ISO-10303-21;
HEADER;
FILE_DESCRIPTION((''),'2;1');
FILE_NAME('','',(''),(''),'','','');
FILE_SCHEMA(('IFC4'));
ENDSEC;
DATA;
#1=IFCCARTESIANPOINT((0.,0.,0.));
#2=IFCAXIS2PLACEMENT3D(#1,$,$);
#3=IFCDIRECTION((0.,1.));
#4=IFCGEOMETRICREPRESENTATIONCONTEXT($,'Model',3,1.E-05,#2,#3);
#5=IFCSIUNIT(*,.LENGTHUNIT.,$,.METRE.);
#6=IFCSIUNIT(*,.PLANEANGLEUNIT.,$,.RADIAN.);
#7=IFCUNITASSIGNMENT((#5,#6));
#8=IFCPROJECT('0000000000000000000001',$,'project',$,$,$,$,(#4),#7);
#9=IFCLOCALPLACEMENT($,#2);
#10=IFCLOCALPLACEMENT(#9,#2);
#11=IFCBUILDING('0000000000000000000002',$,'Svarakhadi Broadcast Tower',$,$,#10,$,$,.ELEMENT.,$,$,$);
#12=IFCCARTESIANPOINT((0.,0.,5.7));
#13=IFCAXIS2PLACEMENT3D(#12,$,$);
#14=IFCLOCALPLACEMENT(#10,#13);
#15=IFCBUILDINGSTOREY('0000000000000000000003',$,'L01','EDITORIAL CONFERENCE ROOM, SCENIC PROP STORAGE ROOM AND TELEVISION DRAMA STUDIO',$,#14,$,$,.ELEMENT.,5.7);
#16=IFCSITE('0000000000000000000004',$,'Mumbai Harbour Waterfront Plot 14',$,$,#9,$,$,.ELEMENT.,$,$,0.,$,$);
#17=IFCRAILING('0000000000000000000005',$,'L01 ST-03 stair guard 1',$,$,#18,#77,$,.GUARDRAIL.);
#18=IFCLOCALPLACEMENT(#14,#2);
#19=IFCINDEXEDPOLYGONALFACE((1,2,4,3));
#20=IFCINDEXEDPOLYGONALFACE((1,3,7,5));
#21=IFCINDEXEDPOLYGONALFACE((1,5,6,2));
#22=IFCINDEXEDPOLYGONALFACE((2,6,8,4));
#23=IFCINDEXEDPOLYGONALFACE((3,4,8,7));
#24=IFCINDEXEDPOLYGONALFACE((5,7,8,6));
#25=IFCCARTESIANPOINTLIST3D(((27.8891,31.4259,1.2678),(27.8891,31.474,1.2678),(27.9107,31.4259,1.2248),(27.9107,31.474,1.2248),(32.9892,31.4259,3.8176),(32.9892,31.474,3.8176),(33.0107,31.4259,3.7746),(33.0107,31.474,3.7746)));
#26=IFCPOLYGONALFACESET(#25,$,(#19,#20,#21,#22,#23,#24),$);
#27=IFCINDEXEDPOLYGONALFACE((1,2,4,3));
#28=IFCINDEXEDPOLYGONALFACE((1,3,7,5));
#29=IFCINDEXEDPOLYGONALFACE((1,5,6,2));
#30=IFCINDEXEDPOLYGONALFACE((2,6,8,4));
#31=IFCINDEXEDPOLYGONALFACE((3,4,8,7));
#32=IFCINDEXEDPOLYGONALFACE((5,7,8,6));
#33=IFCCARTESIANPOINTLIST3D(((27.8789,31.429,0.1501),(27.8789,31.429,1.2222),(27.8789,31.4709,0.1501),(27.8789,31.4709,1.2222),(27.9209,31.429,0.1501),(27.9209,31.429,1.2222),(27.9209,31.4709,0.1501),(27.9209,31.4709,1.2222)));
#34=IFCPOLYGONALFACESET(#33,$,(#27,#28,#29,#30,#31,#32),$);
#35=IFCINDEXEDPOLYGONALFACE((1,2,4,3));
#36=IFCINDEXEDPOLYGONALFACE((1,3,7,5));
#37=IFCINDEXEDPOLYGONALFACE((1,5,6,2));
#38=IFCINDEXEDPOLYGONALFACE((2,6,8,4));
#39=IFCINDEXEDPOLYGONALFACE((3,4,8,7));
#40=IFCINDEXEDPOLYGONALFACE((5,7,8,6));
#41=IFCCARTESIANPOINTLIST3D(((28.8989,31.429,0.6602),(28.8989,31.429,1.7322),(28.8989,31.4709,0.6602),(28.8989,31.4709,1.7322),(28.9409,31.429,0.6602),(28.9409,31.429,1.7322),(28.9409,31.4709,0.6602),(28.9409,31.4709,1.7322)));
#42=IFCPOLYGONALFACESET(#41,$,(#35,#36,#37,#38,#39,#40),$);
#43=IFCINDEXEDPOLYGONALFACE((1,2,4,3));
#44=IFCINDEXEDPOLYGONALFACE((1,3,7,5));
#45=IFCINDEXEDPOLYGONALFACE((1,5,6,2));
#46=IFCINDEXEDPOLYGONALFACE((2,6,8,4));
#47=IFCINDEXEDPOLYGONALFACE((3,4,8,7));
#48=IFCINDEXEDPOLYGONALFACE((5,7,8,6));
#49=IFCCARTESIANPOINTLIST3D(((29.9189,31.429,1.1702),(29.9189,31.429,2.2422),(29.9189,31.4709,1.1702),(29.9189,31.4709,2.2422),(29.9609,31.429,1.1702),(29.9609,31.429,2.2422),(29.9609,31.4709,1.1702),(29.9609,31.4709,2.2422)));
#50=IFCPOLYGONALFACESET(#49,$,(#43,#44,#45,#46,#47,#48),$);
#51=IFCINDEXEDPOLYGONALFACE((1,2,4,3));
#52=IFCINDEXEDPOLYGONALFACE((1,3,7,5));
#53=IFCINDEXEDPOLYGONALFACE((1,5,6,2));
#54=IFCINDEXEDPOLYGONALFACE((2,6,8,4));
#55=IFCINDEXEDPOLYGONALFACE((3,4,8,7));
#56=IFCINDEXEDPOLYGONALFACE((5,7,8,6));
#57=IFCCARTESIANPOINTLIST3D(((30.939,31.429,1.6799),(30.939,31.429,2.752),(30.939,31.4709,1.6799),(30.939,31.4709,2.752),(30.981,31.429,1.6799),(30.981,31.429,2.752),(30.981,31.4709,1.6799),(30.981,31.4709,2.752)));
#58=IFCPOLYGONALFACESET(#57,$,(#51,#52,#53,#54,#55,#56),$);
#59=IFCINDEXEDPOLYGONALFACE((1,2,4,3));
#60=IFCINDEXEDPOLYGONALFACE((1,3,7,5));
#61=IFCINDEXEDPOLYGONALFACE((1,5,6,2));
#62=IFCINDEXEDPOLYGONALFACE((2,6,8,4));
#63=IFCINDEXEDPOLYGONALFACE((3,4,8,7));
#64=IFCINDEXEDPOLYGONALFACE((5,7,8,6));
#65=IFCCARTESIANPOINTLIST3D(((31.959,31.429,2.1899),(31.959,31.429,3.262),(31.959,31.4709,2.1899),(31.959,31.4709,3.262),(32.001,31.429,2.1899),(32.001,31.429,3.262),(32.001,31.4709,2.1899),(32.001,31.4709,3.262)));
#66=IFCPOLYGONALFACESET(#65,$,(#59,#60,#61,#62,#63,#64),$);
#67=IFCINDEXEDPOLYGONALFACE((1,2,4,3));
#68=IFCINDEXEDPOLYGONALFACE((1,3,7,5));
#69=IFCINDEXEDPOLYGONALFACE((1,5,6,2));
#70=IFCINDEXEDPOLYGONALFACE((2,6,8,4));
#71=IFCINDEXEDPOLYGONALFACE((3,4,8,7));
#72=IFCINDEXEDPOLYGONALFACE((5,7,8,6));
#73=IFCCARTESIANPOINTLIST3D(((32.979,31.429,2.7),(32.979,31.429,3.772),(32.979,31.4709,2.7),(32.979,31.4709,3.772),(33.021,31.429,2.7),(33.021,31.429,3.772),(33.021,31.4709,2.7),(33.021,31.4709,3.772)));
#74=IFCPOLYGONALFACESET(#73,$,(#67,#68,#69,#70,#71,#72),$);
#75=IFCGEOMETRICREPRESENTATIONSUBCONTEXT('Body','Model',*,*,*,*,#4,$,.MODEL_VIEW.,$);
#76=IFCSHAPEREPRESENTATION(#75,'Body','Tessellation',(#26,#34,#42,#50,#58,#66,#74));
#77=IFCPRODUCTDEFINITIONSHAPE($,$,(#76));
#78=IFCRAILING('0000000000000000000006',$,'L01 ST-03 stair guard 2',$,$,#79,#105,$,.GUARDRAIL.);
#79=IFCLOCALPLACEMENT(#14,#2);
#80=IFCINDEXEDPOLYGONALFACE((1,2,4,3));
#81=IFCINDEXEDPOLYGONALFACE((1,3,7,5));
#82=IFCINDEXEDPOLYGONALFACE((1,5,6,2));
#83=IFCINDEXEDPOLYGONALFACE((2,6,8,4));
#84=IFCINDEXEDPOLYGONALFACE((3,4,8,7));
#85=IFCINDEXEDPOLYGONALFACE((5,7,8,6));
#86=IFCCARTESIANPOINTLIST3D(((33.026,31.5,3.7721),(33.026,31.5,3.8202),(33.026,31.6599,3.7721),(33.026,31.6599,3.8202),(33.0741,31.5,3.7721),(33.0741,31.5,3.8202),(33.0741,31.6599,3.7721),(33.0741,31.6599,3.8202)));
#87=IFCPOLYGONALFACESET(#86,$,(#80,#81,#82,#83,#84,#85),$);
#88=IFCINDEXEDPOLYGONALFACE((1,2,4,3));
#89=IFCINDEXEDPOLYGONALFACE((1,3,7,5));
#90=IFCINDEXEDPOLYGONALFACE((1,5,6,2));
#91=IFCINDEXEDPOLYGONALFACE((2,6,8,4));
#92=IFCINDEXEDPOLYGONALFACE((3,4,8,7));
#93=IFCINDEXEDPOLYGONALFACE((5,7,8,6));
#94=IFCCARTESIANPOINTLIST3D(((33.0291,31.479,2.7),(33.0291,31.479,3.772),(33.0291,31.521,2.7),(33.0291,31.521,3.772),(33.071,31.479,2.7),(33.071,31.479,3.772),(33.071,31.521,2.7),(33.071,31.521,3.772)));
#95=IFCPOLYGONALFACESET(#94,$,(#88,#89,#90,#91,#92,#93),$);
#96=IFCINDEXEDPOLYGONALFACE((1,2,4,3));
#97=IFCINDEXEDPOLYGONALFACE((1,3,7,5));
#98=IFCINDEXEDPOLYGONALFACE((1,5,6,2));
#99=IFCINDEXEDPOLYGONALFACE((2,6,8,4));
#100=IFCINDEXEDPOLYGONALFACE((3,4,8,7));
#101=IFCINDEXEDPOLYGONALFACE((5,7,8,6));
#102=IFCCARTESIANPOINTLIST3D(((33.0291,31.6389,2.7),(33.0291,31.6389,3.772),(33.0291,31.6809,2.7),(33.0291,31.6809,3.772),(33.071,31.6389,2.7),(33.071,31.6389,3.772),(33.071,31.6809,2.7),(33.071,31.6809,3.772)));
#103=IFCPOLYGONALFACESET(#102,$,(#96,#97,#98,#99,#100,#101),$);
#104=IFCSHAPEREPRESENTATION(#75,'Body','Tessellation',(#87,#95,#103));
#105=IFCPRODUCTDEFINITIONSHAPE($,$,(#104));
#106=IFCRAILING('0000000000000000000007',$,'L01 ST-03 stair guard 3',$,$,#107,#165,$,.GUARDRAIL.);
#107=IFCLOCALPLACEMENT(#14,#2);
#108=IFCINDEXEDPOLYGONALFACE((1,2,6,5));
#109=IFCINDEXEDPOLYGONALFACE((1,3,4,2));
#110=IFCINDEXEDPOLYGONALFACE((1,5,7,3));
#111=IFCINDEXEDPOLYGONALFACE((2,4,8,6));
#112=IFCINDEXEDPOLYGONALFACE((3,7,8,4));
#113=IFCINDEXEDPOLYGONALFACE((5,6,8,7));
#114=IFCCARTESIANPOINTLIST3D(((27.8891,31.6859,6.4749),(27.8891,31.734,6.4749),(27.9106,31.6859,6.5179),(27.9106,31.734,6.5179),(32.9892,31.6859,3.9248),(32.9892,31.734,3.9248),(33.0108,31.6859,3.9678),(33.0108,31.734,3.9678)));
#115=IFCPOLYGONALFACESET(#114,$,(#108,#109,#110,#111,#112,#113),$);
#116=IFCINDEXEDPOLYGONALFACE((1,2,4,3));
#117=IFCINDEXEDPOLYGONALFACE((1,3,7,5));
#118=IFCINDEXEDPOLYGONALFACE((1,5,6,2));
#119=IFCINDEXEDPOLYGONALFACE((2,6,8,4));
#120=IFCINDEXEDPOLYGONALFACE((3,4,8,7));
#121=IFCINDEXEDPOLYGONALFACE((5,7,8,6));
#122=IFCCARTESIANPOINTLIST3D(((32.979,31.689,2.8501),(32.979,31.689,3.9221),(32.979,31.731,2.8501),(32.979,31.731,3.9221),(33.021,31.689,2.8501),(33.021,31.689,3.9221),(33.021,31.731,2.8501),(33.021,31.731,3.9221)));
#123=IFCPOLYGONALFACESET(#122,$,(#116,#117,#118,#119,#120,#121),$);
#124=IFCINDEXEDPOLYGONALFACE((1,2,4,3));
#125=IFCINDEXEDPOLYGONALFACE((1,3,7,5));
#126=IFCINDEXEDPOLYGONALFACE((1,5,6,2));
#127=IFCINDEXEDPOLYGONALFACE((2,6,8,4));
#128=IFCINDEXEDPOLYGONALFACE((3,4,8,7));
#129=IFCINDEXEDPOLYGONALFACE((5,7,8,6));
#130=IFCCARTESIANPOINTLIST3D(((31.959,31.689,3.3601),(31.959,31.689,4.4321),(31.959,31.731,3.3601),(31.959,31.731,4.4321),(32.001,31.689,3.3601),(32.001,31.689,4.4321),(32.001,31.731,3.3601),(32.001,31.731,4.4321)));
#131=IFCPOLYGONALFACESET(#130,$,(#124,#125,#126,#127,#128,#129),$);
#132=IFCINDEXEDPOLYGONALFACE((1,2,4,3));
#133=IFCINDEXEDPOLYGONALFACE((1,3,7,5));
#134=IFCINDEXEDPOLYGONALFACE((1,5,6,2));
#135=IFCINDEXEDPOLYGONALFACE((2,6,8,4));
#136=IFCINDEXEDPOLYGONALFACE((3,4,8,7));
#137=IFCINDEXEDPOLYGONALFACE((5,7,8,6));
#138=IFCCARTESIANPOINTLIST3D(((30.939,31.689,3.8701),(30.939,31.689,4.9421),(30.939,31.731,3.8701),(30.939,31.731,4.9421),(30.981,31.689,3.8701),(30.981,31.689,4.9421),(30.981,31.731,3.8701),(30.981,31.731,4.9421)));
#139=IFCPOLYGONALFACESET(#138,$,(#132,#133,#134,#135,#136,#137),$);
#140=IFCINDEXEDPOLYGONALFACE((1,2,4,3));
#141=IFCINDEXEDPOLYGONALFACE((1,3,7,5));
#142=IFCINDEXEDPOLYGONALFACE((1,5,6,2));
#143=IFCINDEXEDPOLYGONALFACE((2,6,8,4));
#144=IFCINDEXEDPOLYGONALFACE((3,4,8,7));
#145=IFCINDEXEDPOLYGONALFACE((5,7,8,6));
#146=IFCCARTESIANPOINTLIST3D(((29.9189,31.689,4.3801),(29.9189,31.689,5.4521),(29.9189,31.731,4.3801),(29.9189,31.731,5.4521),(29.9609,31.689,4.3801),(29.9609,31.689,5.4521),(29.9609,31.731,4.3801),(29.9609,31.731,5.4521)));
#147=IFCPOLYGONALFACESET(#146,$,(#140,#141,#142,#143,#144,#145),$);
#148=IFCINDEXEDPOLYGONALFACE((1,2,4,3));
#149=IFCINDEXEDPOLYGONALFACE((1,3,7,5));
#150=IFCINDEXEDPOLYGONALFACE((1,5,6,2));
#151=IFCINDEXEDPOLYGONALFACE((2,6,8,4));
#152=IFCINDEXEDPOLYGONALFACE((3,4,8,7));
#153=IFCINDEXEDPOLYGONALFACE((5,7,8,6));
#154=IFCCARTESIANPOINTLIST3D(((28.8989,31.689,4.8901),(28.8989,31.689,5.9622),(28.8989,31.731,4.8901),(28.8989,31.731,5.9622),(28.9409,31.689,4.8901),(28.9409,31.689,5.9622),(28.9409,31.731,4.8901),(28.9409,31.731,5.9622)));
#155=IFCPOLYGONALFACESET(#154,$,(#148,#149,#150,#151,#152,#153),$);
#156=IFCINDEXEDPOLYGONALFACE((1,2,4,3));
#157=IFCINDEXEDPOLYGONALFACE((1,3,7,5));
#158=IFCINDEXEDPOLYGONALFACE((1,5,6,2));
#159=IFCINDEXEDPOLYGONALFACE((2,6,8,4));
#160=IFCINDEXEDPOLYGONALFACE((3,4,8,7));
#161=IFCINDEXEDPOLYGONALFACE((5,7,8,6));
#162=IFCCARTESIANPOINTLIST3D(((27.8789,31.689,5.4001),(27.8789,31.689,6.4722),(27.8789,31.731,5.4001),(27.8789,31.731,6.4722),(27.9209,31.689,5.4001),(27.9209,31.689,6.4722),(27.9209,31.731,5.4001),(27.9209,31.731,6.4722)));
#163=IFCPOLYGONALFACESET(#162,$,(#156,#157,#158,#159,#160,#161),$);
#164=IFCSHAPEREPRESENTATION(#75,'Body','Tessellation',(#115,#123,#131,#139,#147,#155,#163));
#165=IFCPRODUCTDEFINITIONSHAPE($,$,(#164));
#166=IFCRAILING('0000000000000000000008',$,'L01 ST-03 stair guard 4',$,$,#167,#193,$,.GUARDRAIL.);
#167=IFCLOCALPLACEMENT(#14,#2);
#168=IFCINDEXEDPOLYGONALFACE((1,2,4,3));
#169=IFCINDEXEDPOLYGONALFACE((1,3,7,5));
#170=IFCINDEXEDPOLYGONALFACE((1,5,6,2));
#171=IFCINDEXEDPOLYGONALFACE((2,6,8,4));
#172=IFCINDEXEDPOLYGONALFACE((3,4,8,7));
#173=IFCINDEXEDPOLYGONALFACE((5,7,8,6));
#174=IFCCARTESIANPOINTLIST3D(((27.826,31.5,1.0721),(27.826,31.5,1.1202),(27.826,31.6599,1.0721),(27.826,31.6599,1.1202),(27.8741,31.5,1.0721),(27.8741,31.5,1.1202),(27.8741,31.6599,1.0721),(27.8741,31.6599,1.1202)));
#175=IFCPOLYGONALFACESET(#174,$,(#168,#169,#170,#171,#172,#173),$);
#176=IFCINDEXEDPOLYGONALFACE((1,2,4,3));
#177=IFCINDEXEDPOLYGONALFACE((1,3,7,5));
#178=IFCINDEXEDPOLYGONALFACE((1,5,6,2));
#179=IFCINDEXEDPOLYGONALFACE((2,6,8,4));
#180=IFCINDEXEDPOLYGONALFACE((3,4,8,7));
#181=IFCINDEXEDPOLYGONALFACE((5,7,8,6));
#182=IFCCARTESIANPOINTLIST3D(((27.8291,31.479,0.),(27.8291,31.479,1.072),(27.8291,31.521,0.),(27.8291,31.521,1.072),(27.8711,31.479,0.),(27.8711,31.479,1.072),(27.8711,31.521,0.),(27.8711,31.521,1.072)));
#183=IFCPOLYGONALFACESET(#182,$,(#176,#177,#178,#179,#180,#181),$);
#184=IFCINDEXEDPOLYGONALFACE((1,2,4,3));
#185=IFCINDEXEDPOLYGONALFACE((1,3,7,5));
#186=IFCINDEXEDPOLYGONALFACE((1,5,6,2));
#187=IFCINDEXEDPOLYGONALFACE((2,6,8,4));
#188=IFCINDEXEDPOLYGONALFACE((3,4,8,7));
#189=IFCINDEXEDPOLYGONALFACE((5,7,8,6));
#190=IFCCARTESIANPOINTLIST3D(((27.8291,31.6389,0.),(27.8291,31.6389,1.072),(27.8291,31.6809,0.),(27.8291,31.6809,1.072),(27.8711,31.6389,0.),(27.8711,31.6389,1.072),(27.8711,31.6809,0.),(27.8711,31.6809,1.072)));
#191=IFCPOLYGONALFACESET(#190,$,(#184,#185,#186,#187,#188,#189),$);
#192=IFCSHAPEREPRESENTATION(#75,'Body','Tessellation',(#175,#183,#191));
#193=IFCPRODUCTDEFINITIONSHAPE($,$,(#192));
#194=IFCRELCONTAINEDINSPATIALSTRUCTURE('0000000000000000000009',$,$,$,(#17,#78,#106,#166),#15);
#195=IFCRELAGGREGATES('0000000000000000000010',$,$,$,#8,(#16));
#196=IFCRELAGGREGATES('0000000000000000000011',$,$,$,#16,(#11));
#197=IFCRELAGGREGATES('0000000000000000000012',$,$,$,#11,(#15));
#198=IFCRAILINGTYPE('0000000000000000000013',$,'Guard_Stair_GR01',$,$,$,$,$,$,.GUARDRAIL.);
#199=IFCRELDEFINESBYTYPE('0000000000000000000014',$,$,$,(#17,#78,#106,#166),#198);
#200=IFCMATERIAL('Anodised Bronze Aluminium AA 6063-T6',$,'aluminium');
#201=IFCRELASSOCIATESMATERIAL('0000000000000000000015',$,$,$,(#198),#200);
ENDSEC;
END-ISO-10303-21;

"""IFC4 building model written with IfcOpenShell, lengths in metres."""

from ifc_helpers import new_model, si_unit, direction, frame, origin, origin_2d, place, context, subcontext, project, spatial, rectangle, extrude, material, type_object, element, save


model = new_model("IFC4")

# Units and contexts
model_context = context("Model", 3, precision=1e-05, world=origin(), true_north=direction((0.0, 1.0)))
body_context = subcontext(model_context, "Body", "Model", "MODEL_VIEW")
ifc_project = project(units=[si_unit("LENGTHUNIT", "METRE"), si_unit("PLANEANGLEUNIT", "RADIAN")], contexts=[model_context])

# Site, building, storey
site_placement = place(None, origin())
site = spatial("IfcSite", under=ifc_project, at=site_placement, Name="Mumbai Harbour Waterfront Plot 14", CompositionType="ELEMENT", RefElevation=0.0)
building_placement = place(site_placement, origin())
building = spatial("IfcBuilding", under=site, at=building_placement, Name="Svarakhadi Broadcast Tower", CompositionType="ELEMENT")
storey_placement = place(building_placement, frame((0.0, 0.0, 5.7)))
storey = spatial("IfcBuildingStorey", under=building, at=storey_placement, Name="L01", Description="EDITORIAL CONFERENCE ROOM, SCENIC PROP STORAGE ROOM AND TELEVISION DRAMA STUDIO", CompositionType="ELEMENT", Elevation=5.7)

# Shared definitions
ifc_material_1 = material(Name="Anodised Bronze Aluminium AA 6063-T6", Category="aluminium")

# Railings
railing_type_1 = type_object("IfcRailingType", Name="Guard_Stair_GR01", PredefinedType="GUARDRAIL", material=ifc_material_1)
railing_1_placement = place(storey_placement, frame((27.8999, 31.45, 0.1501)))
element("IfcRailing", 1, at=railing_1_placement, inside=storey, type_object=railing_type_1, Name="L01 ST-03 stair guard 1", PredefinedType="GUARDRAIL", context=body_context, shape_type="SweptSolid", body=[
    extrude(rectangle(XDim=0.0481, YDim=0.0481, at=origin_2d()), frame((0.0, 0.0, 1.0962), z_axis=(0.894444, 0.0, 0.447179), x_axis=(0.0, 1.0, 0.0)), (0.0, 0.0, 1.0), 5.7019),
    extrude(rectangle(XDim=0.042, YDim=0.042, at=origin_2d()), origin(), (0.0, 0.0, 1.0), 1.072),
    extrude(rectangle(XDim=0.042, YDim=0.042, at=origin_2d()), frame((1.02, 0.0, 0.51)), (0.0, 0.0, 1.0), 1.072),
    extrude(rectangle(XDim=0.042, YDim=0.042, at=origin_2d()), frame((2.04, 0.0, 1.02)), (0.0, 0.0, 1.0), 1.072),
    extrude(rectangle(XDim=0.042, YDim=0.042, at=origin_2d()), frame((3.0601, 0.0, 1.5298)), (0.0, 0.0, 1.0), 1.072),
    extrude(rectangle(XDim=0.042, YDim=0.042, at=origin_2d()), frame((4.0801, 0.0, 2.0398)), (0.0, 0.0, 1.0), 1.072),
    extrude(rectangle(XDim=0.042, YDim=0.042, at=origin_2d()), frame((5.1001, 0.0, 2.5498)), (0.0, 0.0, 1.0), 1.072),
])
railing_2_placement = place(storey_placement, frame((33.05, 31.5, 2.7)))
element("IfcRailing", 2, at=railing_2_placement, inside=storey, type_object=railing_type_1, Name="L01 ST-03 stair guard 2", PredefinedType="GUARDRAIL", context=body_context, shape_type="SweptSolid", body=[
    extrude(rectangle(XDim=0.0481, YDim=0.0481, at=origin_2d()), frame((0.0, 0.0, 1.0962), z_axis=(0.0, 1.0, 0.0), x_axis=(-1.0, 0.0, 0.0)), (0.0, 0.0, 1.0), 0.1599),
    extrude(rectangle(XDim=0.042, YDim=0.042, at=origin_2d()), origin(), (0.0, 0.0, 1.0), 1.072),
    extrude(rectangle(XDim=0.042, YDim=0.042, at=origin_2d()), frame((0.0, 0.1599, 0.0)), (0.0, 0.0, 1.0), 1.072),
])
railing_3_placement = place(storey_placement, frame((33.0, 31.71, 2.8501)))
element("IfcRailing", 3, at=railing_3_placement, inside=storey, type_object=railing_type_1, Name="L01 ST-03 stair guard 3", PredefinedType="GUARDRAIL", context=body_context, shape_type="SweptSolid", body=[
    extrude(rectangle(XDim=0.0481, YDim=0.0481, at=origin_2d()), frame((0.0, 0.0, 1.0962), z_axis=(-0.894427, 0.0, 0.447214), x_axis=(0.0, -1.0, 0.0)), (0.0, 0.0, 1.0), 5.7021),
    extrude(rectangle(XDim=0.042, YDim=0.042, at=origin_2d()), origin(), (0.0, 0.0, 1.0), 1.072),
    extrude(rectangle(XDim=0.042, YDim=0.042, at=origin_2d()), frame((-1.02, 0.0, 0.51)), (0.0, 0.0, 1.0), 1.072),
    extrude(rectangle(XDim=0.042, YDim=0.042, at=origin_2d()), frame((-2.04, 0.0, 1.02)), (0.0, 0.0, 1.0), 1.072),
    extrude(rectangle(XDim=0.042, YDim=0.042, at=origin_2d()), frame((-3.0601, 0.0, 1.53)), (0.0, 0.0, 1.0), 1.072),
    extrude(rectangle(XDim=0.042, YDim=0.042, at=origin_2d()), frame((-4.0801, 0.0, 2.04)), (0.0, 0.0, 1.0), 1.072),
    extrude(rectangle(XDim=0.042, YDim=0.042, at=origin_2d()), frame((-5.1001, 0.0, 2.55)), (0.0, 0.0, 1.0), 1.072),
])
railing_4_placement = place(storey_placement, frame((27.8501, 31.5, 0.0)))
element("IfcRailing", 4, at=railing_4_placement, inside=storey, type_object=railing_type_1, Name="L01 ST-03 stair guard 4", PredefinedType="GUARDRAIL", context=body_context, shape_type="SweptSolid", body=[
    extrude(rectangle(XDim=0.0481, YDim=0.0481, at=origin_2d()), frame((0.0, 0.0, 1.0962), z_axis=(0.0, 1.0, 0.0), x_axis=(-1.0, 0.0, 0.0)), (0.0, 0.0, 1.0), 0.1599),
    extrude(rectangle(XDim=0.042, YDim=0.042, at=origin_2d()), origin(), (0.0, 0.0, 1.0), 1.072),
    extrude(rectangle(XDim=0.042, YDim=0.042, at=origin_2d()), frame((0.0, 0.1599, 0.0)), (0.0, 0.0, 1.0), 1.072),
])

save(model, "model.ifc")
